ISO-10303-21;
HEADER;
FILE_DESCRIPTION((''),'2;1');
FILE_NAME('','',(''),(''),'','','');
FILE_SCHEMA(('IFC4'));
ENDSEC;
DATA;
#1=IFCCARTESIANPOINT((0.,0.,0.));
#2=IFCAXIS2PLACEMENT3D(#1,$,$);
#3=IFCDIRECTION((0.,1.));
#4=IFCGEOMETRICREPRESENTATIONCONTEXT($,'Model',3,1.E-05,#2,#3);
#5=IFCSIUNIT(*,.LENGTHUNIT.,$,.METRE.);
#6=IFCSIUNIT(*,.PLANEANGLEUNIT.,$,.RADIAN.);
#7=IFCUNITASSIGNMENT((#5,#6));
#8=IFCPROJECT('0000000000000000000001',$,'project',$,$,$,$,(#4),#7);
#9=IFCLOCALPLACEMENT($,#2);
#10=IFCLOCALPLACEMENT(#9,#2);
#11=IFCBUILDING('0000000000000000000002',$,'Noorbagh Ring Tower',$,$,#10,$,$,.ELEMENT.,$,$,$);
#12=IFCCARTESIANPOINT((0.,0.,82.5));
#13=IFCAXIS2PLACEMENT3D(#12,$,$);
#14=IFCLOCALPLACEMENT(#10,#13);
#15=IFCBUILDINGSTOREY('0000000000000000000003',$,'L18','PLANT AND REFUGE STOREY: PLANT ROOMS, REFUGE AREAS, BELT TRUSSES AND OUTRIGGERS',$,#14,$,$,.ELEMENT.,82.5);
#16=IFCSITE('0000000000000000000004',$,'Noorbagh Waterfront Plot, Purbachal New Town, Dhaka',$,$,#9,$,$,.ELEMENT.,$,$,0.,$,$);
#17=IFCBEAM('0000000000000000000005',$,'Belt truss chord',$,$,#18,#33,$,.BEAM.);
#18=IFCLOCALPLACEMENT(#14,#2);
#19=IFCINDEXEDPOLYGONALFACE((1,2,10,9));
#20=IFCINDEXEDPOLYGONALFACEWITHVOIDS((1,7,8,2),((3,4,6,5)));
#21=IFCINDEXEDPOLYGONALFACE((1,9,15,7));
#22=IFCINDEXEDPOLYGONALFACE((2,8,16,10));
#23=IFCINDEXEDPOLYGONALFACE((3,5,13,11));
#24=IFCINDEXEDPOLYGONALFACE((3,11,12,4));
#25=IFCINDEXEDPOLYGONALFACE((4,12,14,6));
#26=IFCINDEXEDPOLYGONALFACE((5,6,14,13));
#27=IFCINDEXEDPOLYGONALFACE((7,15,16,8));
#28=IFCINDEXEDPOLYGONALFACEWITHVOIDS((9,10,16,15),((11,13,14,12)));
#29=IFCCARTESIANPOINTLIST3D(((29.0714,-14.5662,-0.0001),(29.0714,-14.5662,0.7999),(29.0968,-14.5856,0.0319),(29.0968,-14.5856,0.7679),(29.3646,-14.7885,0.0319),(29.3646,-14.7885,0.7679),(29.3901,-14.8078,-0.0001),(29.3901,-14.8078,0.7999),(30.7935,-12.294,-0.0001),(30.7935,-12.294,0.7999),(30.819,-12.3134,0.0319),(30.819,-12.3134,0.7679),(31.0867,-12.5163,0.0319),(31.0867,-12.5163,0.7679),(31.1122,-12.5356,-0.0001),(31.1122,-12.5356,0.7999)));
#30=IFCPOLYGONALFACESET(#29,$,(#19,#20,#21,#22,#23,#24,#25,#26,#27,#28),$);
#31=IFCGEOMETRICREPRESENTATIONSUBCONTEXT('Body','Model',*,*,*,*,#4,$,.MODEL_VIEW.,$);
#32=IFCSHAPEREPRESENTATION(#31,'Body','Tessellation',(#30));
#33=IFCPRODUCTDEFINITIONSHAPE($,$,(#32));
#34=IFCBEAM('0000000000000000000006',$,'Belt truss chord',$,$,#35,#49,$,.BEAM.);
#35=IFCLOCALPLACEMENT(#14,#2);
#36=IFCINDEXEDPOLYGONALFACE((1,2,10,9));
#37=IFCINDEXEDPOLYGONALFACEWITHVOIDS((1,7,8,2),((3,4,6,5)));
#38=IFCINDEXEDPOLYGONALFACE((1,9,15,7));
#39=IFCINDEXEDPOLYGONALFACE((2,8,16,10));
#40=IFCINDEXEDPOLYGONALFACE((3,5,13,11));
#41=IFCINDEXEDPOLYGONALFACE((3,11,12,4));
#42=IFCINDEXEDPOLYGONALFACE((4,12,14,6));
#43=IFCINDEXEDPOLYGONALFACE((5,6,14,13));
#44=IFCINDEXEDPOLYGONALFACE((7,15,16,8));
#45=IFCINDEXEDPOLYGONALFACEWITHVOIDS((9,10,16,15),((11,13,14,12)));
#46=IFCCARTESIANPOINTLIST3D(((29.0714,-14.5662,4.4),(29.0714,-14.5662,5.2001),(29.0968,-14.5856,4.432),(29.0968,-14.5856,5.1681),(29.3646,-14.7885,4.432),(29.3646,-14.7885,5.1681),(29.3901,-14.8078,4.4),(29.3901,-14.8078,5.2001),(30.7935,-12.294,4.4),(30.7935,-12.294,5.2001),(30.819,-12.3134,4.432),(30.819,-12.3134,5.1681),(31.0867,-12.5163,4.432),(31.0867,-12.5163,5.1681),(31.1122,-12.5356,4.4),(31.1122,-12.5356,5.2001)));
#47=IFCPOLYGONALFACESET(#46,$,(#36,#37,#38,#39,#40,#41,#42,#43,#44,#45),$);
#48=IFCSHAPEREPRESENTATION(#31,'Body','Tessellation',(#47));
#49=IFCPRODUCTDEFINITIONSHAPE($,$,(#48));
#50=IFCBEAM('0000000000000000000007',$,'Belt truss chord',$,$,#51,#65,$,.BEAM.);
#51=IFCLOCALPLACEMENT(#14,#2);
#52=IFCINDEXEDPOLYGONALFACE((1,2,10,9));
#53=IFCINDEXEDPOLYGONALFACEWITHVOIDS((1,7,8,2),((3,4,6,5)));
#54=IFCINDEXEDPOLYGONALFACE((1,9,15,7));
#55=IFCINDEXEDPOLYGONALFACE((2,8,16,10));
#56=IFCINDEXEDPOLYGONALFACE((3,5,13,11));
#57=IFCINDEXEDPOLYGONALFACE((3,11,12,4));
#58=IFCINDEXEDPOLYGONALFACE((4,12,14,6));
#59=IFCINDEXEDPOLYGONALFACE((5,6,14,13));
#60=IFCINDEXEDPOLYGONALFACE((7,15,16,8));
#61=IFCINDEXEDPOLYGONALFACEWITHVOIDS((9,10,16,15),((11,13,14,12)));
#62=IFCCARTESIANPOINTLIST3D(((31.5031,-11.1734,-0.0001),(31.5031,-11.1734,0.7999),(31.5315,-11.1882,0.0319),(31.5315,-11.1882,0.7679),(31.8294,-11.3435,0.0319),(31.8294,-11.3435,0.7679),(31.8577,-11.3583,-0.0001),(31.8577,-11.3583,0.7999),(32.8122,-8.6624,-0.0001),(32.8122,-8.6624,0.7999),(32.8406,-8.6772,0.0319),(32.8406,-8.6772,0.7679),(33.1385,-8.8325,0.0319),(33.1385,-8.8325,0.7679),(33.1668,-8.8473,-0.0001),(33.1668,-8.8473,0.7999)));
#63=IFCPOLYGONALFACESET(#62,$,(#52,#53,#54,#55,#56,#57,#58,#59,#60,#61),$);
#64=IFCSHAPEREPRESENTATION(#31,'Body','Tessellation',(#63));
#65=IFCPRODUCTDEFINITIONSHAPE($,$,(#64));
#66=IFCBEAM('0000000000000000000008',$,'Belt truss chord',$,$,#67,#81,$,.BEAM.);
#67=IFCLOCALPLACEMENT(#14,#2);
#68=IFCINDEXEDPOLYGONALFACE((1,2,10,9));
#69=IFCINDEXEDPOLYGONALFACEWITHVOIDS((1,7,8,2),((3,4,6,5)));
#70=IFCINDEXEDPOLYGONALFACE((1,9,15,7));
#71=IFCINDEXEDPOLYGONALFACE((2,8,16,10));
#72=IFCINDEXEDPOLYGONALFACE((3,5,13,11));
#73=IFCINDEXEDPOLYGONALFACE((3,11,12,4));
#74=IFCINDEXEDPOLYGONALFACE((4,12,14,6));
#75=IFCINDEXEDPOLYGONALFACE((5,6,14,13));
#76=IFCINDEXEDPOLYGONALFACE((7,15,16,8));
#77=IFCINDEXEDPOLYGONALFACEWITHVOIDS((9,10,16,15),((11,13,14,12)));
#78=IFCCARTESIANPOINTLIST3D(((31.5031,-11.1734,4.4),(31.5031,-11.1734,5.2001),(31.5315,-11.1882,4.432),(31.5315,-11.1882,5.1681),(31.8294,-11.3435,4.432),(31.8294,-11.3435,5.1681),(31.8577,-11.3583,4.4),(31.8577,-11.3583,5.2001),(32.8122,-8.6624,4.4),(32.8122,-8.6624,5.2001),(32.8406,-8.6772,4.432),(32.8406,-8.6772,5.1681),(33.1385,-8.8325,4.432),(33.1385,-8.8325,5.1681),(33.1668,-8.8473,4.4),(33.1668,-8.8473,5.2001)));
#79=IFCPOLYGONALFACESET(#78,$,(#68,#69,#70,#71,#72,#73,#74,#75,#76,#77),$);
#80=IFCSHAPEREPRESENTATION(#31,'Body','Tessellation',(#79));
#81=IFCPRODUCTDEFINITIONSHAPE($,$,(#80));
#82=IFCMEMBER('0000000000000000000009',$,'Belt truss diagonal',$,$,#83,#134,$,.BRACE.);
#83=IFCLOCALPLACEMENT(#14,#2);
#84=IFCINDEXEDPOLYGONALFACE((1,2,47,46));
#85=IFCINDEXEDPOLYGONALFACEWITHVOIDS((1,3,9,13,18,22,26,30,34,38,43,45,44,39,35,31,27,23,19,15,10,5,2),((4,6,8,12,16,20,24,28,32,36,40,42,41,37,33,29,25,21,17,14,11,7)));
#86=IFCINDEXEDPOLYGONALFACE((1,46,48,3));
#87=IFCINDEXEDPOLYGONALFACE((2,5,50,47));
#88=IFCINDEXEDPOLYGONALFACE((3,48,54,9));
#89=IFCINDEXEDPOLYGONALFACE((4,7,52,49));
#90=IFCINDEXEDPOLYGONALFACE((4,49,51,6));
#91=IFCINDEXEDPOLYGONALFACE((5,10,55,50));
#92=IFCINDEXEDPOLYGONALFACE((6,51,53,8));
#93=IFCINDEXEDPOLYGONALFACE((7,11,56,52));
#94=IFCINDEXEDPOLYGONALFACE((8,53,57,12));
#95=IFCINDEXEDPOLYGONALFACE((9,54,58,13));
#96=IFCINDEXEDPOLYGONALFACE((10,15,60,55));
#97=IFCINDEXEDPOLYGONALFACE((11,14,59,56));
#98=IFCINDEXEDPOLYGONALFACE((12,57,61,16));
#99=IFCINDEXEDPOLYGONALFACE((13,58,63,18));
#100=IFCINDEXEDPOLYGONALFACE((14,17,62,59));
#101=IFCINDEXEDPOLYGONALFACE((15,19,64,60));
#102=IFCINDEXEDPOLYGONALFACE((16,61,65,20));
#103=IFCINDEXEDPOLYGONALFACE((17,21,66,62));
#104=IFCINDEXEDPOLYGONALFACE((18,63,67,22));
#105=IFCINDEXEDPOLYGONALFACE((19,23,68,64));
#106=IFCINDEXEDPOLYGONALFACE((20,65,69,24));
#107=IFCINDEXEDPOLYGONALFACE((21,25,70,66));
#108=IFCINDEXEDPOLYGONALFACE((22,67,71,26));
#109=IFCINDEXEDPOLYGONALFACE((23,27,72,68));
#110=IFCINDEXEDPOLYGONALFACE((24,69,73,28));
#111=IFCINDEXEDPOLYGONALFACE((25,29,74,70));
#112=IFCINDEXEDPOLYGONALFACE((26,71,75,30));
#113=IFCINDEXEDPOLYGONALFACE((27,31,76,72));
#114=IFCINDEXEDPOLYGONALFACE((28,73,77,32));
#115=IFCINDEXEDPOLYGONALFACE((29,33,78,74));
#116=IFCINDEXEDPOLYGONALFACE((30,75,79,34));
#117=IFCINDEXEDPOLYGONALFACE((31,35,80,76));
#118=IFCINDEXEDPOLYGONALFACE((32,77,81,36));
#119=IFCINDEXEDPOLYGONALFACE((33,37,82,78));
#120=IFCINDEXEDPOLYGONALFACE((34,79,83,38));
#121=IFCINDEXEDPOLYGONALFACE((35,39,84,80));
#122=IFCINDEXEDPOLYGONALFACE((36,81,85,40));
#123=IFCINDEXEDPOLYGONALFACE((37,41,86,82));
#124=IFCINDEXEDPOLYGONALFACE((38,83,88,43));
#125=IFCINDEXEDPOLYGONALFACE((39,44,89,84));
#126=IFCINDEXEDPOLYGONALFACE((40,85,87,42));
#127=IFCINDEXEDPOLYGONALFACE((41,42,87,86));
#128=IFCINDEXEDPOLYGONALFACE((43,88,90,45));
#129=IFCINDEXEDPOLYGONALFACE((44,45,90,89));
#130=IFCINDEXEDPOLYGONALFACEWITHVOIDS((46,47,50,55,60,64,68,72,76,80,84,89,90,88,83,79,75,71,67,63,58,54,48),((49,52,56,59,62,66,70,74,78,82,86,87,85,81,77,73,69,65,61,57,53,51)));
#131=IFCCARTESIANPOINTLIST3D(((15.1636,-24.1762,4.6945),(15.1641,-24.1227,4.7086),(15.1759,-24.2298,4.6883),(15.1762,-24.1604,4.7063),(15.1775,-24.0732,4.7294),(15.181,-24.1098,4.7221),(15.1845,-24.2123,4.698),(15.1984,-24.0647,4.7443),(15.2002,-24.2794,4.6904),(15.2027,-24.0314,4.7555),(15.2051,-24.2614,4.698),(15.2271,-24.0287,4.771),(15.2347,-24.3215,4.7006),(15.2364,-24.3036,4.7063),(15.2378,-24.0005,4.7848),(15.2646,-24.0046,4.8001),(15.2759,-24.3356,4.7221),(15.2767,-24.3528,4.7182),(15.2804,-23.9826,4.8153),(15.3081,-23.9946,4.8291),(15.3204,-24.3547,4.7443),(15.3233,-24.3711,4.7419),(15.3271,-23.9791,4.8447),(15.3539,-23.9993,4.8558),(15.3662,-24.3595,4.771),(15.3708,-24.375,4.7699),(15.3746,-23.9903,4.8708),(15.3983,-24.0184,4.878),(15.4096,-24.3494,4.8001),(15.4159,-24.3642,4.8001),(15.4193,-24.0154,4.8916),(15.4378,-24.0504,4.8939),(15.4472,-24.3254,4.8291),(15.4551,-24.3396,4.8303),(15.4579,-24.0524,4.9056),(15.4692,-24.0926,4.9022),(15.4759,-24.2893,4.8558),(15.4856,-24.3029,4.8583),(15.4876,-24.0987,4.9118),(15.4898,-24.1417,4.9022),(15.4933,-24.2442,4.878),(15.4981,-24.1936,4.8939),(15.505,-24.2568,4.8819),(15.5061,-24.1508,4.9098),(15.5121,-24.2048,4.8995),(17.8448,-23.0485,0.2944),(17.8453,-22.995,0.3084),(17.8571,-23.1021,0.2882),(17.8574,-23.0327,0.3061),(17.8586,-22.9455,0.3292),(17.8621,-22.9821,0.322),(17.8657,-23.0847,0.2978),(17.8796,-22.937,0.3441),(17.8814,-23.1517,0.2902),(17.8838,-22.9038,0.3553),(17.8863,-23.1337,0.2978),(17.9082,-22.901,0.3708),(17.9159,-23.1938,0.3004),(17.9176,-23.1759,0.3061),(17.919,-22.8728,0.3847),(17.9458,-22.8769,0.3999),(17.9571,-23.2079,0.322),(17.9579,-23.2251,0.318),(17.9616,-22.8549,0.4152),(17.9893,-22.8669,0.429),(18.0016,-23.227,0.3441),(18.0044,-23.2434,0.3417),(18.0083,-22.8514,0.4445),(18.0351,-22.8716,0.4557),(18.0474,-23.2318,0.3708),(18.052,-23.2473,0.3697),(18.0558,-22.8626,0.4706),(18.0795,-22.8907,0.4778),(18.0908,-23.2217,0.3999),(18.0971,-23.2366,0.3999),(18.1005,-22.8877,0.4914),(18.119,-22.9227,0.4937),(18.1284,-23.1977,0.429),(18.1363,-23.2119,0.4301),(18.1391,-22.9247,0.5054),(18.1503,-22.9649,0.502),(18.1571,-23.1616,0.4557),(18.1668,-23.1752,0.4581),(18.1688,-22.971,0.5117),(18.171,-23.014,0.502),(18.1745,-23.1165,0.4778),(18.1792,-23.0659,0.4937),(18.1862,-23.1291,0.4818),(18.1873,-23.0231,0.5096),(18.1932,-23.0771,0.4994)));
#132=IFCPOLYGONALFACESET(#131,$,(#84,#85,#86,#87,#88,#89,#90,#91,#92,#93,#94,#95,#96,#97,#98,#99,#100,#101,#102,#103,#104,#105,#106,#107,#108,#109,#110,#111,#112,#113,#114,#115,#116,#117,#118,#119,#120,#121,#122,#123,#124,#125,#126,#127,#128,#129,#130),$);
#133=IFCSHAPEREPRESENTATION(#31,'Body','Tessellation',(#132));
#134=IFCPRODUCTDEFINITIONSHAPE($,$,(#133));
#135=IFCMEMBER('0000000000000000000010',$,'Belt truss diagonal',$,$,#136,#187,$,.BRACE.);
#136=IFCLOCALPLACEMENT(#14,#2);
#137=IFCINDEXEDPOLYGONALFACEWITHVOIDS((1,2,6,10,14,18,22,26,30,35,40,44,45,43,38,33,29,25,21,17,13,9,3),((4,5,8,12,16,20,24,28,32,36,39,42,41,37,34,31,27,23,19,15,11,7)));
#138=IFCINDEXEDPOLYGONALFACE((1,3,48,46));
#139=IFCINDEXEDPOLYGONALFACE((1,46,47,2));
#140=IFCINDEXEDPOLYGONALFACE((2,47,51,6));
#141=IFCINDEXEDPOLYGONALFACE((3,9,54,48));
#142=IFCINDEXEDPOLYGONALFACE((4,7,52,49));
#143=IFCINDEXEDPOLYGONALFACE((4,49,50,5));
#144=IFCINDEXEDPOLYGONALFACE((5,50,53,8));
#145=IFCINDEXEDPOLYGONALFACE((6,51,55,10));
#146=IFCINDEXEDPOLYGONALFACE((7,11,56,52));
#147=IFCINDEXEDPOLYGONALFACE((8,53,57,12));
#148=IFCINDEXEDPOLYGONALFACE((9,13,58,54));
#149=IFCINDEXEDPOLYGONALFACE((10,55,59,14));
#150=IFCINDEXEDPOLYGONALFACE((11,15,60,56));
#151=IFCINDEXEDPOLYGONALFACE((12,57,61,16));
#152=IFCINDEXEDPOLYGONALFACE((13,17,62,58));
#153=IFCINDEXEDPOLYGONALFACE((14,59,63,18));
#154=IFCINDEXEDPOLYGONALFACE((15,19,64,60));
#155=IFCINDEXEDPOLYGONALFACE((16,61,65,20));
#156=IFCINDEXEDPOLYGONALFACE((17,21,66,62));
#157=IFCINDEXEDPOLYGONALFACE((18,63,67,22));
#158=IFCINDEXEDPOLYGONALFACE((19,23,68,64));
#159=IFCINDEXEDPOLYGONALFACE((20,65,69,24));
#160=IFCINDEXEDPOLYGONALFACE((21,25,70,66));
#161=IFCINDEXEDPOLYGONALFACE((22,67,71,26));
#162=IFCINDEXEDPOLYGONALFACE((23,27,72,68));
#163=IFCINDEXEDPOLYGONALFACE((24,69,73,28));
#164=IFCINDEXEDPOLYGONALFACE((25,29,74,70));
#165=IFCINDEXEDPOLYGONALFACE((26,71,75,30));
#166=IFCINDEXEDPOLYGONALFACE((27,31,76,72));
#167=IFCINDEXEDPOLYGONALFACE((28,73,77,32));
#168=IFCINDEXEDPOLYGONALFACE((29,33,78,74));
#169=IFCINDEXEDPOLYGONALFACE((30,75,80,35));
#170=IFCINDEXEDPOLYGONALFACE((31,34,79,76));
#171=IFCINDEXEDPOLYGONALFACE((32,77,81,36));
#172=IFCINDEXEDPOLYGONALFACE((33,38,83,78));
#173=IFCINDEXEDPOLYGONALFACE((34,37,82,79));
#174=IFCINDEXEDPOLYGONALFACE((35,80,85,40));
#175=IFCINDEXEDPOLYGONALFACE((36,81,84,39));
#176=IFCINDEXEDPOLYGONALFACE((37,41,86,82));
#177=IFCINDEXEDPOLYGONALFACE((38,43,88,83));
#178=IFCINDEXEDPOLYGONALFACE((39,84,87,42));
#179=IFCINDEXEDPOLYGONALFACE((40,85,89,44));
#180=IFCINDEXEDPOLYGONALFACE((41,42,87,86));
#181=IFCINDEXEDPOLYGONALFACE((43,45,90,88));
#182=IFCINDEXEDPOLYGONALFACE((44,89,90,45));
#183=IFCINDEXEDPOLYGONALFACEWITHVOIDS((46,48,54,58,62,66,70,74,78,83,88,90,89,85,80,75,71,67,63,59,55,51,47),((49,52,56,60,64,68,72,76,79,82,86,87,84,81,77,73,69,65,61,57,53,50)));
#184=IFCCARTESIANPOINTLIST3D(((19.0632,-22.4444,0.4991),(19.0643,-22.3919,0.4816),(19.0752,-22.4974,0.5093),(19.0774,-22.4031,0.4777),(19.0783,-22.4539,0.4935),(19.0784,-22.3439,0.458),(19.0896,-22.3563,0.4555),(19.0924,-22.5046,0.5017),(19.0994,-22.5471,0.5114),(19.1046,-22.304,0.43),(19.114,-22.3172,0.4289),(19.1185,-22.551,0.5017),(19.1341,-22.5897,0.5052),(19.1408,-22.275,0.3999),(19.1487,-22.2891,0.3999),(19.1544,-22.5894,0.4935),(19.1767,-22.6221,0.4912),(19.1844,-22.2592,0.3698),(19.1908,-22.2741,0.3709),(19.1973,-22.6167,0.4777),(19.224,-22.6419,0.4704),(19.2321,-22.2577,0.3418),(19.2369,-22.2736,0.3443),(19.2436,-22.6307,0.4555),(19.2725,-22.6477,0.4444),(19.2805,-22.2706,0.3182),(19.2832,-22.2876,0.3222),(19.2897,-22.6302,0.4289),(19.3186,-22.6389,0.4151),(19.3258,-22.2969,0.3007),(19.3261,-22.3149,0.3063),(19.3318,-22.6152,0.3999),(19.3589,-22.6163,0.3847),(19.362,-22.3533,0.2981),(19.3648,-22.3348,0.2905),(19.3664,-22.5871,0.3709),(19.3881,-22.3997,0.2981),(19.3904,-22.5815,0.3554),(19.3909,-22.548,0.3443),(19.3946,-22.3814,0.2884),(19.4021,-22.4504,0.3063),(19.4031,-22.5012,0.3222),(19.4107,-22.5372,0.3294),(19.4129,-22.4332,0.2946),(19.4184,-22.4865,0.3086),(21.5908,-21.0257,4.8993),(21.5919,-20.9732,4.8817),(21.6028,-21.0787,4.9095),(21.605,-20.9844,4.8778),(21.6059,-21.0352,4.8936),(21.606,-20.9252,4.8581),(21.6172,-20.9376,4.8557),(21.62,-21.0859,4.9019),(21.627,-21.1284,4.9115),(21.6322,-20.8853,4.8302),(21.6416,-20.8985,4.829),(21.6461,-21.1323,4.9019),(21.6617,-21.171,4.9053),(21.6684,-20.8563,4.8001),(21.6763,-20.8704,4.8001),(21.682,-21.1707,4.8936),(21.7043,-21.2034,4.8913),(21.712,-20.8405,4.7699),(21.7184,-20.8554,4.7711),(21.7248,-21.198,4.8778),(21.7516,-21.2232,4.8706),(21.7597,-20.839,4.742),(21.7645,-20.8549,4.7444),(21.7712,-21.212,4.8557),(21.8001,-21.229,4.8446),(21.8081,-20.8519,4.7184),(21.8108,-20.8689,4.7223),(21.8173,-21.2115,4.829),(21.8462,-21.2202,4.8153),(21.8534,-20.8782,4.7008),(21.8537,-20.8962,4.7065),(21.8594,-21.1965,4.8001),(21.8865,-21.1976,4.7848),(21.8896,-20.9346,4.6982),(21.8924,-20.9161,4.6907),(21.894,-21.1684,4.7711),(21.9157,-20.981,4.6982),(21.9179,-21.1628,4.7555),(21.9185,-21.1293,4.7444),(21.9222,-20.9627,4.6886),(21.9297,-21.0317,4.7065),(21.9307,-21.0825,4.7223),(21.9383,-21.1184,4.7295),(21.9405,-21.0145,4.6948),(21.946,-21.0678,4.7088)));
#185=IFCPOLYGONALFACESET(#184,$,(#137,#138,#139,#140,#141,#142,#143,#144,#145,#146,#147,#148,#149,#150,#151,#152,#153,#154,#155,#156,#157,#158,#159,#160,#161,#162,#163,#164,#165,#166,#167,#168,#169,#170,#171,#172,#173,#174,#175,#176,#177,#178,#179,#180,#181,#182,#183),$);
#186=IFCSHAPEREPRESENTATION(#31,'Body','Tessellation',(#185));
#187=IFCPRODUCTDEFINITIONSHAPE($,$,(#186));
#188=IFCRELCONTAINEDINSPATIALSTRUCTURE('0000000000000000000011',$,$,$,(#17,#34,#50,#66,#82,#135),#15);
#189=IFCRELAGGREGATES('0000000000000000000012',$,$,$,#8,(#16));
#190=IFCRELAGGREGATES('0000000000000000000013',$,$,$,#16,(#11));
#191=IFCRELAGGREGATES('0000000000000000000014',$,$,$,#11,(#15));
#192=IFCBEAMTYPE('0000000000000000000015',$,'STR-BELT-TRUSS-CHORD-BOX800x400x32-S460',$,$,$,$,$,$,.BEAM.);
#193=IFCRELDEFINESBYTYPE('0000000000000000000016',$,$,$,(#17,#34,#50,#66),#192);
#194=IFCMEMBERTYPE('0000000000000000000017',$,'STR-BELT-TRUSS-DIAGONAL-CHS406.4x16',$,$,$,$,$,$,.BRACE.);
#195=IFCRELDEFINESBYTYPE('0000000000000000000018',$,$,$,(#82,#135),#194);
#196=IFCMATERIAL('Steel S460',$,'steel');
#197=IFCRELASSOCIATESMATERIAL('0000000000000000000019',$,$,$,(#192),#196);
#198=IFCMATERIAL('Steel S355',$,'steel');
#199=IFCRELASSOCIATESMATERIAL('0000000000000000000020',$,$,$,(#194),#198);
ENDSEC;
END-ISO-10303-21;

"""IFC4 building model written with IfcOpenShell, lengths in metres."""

from ifc_helpers import new_model, si_unit, direction, frame, origin, origin_2d, place, context, subcontext, project, spatial, hollow_rectangle, hollow_circle, extrude, material, material_profile, profile_set, type_object, element, save


model = new_model("IFC4")

# Units and contexts
model_context = context("Model", 3, precision=1e-05, world=origin(), true_north=direction((0.0, 1.0)))
body_context = subcontext(model_context, "Body", "Model", "MODEL_VIEW")
ifc_project = project(units=[si_unit("LENGTHUNIT", "METRE"), si_unit("PLANEANGLEUNIT", "RADIAN")], contexts=[model_context])

# Site, building, storey
site_placement = place(None, origin())
site = spatial("IfcSite", under=ifc_project, at=site_placement, Name="Noorbagh Waterfront Plot, Purbachal New Town, Dhaka", CompositionType="ELEMENT", RefElevation=0.0)
building_placement = place(site_placement, origin())
building = spatial("IfcBuilding", under=site, at=building_placement, Name="Noorbagh Ring Tower", CompositionType="ELEMENT")
storey_placement = place(building_placement, frame((0.0, 0.0, 82.5)))
storey = spatial("IfcBuildingStorey", under=building, at=storey_placement, Name="L18", Description="PLANT AND REFUGE STOREY: PLANT ROOMS, REFUGE AREAS, BELT TRUSSES AND OUTRIGGERS", CompositionType="ELEMENT", Elevation=82.5)

# Beams
ifc_material_1 = material(Name="Steel S460", Category="steel")
ifc_material_profile_1 = material_profile(ifc_material_1, hollow_rectangle(XDim=0.3999, YDim=0.8, WallThickness=0.032, at=origin_2d()), Name="BOX800x400x32")
ifc_profile_set_1 = profile_set([ifc_material_profile_1], Name="Steel S460")
beam_type_1 = type_object("IfcBeamType", Name="STR-BELT-TRUSS-CHORD-BOX800x400x32-S460", PredefinedType="BEAM", material=ifc_profile_set_1)
for number, where, z_axis, x_axis, name in (
    (1, (29.2307, -14.687, 0.3999), (0.604034, 0.796958, 0.0), (-0.796958, 0.604034, 0.0), "Belt truss chord"),
    (2, (29.2307, -14.687, 4.8), (0.604034, 0.796958, 0.0), (-0.796958, 0.604034, 0.0), "Belt truss chord"),
):
    element("IfcBeam", number, at=place(storey_placement, frame(where, z_axis=z_axis, x_axis=x_axis)), inside=storey, type_object=beam_type_1, Name=name, PredefinedType="BEAM", context=body_context, shape_type="SweptSolid", body=[
        extrude(hollow_rectangle(XDim=0.3999, YDim=0.8, WallThickness=0.032, at=origin_2d()), origin(), (0.0, 0.0, 1.0), 2.8511),
    ])
for number, where, z_axis, x_axis, name in (
    (3, (31.6804, -11.2659, 0.3999), (0.462289, 0.886729, 0.0), (-0.886729, 0.462289, 0.0), "Belt truss chord"),
    (4, (31.6804, -11.2659, 4.8), (0.462289, 0.886729, 0.0), (-0.886729, 0.462289, 0.0), "Belt truss chord"),
):
    element("IfcBeam", number, at=place(storey_placement, frame(where, z_axis=z_axis, x_axis=x_axis)), inside=storey, type_object=beam_type_1, Name=name, PredefinedType="BEAM", context=body_context, shape_type="SweptSolid", body=[
        extrude(hollow_rectangle(XDim=0.3999, YDim=0.8, WallThickness=0.032, at=origin_2d()), origin(), (0.0, 0.0, 1.0), 2.8318),
    ])

# Members
ifc_material_2 = material(Name="Steel S355", Category="steel")
ifc_material_profile_2 = material_profile(ifc_material_2, hollow_circle(Radius=0.2031, WallThickness=0.0161, at=origin_2d()), Name="CHS406.4x16")
ifc_profile_set_2 = profile_set([ifc_material_profile_2], Name="Steel S355")
member_type = type_object("IfcMemberType", Name="STR-BELT-TRUSS-DIAGONAL-CHS406.4x16", PredefinedType="BRACE", material=ifc_profile_set_2)
member_1_placement = place(storey_placement, frame((18.0183, -23.0493, 0.3999), z_axis=(-0.508313, -0.213795, 0.834212), x_axis=(0.3877, -0.921785, 0.0)))
element("IfcMember", 5, at=member_1_placement, inside=storey, type_object=member_type, Name="Belt truss diagonal", PredefinedType="BRACE", context=body_context, shape_type="SweptSolid", body=[
    extrude(hollow_circle(Radius=0.2031, WallThickness=0.0161, at=origin_2d()), origin(), (0.0, 0.0, 1.0), 5.2747),
])
member_2_placement = place(storey_placement, frame((19.2402, -22.4521, 0.3999), z_axis=(0.479706, 0.269253, 0.835096), x_axis=(-0.489457, 0.872027, 0.0)))
element("IfcMember", 6, at=member_2_placement, inside=storey, type_object=member_type, Name="Belt truss diagonal", PredefinedType="BRACE", context=body_context, shape_type="SweptSolid", body=[
    extrude(hollow_circle(Radius=0.2031, WallThickness=0.0161, at=origin_2d()), origin(), (0.0, 0.0, 1.0), 5.269),
])

save(model, "model.ifc")
